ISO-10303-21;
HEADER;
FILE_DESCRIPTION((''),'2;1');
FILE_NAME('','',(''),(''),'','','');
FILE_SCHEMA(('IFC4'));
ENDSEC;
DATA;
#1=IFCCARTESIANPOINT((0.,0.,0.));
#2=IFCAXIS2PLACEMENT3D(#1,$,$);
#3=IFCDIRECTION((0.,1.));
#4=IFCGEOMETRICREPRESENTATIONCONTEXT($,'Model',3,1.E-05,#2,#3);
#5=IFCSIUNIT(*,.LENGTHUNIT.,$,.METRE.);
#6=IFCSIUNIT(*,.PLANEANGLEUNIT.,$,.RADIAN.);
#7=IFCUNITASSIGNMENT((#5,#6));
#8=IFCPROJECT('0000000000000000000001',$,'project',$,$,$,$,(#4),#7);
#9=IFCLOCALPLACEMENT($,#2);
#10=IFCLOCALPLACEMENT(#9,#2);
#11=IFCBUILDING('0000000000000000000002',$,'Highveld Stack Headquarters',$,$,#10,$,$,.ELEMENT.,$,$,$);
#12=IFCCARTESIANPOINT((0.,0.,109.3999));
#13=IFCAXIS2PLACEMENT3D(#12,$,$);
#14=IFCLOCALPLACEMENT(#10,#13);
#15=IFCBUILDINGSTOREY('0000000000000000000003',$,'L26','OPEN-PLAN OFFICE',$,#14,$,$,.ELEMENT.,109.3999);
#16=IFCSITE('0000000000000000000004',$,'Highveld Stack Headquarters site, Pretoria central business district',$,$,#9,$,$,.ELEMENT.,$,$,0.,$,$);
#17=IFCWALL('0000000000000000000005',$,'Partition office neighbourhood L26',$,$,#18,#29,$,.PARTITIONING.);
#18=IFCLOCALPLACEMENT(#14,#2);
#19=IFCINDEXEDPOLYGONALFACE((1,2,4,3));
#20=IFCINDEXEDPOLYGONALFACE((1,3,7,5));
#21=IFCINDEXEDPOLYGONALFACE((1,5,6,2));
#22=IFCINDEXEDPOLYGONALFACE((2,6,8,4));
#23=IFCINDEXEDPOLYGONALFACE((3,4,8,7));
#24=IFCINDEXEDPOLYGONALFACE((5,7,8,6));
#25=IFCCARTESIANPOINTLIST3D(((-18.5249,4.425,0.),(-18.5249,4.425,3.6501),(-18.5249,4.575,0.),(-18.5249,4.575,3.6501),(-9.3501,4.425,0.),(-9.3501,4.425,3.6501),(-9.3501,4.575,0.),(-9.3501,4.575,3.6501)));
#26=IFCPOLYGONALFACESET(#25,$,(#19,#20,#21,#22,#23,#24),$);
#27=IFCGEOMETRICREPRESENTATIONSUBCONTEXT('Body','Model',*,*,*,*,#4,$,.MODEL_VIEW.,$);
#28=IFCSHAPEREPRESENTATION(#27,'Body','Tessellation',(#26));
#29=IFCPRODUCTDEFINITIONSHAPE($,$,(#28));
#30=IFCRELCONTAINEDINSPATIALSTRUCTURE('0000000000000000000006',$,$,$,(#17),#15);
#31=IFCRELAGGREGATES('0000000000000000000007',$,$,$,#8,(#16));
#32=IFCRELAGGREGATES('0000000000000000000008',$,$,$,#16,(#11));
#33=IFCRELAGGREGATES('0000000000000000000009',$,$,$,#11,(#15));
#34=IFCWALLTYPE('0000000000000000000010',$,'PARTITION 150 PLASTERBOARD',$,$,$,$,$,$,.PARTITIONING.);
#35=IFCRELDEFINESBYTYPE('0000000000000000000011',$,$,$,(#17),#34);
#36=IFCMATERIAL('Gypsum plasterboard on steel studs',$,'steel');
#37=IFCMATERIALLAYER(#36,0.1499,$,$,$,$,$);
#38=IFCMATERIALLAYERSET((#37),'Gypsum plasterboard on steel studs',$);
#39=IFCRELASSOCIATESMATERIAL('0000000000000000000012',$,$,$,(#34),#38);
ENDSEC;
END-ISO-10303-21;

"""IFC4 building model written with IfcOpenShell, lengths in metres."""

from ifc_helpers import new_model, si_unit, direction, frame, frame_2d, origin, place, context, subcontext, project, spatial, rectangle, extrude, material, layer, layer_set, type_object, element, save


model = new_model("IFC4")

# Units and contexts
model_context = context("Model", 3, precision=1e-05, world=origin(), true_north=direction((0.0, 1.0)))
body_context = subcontext(model_context, "Body", "Model", "MODEL_VIEW")
ifc_project = project(units=[si_unit("LENGTHUNIT", "METRE"), si_unit("PLANEANGLEUNIT", "RADIAN")], contexts=[model_context])

# Site, building, storey
site_placement = place(None, origin())
site = spatial("IfcSite", under=ifc_project, at=site_placement, Name="Highveld Stack Headquarters site, Pretoria central business district", CompositionType="ELEMENT", RefElevation=0.0)
building_placement = place(site_placement, origin())
building = spatial("IfcBuilding", under=site, at=building_placement, Name="Highveld Stack Headquarters", CompositionType="ELEMENT")
storey_placement = place(building_placement, frame((0.0, 0.0, 109.3999)))
storey = spatial("IfcBuildingStorey", under=building, at=storey_placement, Name="L26", Description="OPEN-PLAN OFFICE", CompositionType="ELEMENT", Elevation=109.3999)

# Shared definitions
ifc_material_1 = material(Name="Gypsum plasterboard on steel studs", Category="steel")
ifc_layer_1 = layer(ifc_material_1, 0.1499)
ifc_layer_set_1 = layer_set([ifc_layer_1], Name="Gypsum plasterboard on steel studs")
wall_type_1 = type_object("IfcWallType", Name="PARTITION 150 PLASTERBOARD", PredefinedType="PARTITIONING", material=ifc_layer_set_1)

# Wall
wall_1_placement = place(storey_placement, frame((-18.5249, 4.5, 0.0), z_axis=(0.0, 0.0, 1.0), x_axis=(1.0, 0.0, 0.0)))
element("IfcWall", 1, at=wall_1_placement, inside=storey, type_object=wall_type_1, Name="Partition office neighbourhood L26", PredefinedType="PARTITIONING", context=body_context, shape_type="SweptSolid", body=[
    extrude(rectangle(XDim=9.1748, YDim=0.1499, at=frame_2d((4.5874, 0.0))), origin(), (0.0, 0.0, 1.0), 3.6501),
])

save(model, "model.ifc")
